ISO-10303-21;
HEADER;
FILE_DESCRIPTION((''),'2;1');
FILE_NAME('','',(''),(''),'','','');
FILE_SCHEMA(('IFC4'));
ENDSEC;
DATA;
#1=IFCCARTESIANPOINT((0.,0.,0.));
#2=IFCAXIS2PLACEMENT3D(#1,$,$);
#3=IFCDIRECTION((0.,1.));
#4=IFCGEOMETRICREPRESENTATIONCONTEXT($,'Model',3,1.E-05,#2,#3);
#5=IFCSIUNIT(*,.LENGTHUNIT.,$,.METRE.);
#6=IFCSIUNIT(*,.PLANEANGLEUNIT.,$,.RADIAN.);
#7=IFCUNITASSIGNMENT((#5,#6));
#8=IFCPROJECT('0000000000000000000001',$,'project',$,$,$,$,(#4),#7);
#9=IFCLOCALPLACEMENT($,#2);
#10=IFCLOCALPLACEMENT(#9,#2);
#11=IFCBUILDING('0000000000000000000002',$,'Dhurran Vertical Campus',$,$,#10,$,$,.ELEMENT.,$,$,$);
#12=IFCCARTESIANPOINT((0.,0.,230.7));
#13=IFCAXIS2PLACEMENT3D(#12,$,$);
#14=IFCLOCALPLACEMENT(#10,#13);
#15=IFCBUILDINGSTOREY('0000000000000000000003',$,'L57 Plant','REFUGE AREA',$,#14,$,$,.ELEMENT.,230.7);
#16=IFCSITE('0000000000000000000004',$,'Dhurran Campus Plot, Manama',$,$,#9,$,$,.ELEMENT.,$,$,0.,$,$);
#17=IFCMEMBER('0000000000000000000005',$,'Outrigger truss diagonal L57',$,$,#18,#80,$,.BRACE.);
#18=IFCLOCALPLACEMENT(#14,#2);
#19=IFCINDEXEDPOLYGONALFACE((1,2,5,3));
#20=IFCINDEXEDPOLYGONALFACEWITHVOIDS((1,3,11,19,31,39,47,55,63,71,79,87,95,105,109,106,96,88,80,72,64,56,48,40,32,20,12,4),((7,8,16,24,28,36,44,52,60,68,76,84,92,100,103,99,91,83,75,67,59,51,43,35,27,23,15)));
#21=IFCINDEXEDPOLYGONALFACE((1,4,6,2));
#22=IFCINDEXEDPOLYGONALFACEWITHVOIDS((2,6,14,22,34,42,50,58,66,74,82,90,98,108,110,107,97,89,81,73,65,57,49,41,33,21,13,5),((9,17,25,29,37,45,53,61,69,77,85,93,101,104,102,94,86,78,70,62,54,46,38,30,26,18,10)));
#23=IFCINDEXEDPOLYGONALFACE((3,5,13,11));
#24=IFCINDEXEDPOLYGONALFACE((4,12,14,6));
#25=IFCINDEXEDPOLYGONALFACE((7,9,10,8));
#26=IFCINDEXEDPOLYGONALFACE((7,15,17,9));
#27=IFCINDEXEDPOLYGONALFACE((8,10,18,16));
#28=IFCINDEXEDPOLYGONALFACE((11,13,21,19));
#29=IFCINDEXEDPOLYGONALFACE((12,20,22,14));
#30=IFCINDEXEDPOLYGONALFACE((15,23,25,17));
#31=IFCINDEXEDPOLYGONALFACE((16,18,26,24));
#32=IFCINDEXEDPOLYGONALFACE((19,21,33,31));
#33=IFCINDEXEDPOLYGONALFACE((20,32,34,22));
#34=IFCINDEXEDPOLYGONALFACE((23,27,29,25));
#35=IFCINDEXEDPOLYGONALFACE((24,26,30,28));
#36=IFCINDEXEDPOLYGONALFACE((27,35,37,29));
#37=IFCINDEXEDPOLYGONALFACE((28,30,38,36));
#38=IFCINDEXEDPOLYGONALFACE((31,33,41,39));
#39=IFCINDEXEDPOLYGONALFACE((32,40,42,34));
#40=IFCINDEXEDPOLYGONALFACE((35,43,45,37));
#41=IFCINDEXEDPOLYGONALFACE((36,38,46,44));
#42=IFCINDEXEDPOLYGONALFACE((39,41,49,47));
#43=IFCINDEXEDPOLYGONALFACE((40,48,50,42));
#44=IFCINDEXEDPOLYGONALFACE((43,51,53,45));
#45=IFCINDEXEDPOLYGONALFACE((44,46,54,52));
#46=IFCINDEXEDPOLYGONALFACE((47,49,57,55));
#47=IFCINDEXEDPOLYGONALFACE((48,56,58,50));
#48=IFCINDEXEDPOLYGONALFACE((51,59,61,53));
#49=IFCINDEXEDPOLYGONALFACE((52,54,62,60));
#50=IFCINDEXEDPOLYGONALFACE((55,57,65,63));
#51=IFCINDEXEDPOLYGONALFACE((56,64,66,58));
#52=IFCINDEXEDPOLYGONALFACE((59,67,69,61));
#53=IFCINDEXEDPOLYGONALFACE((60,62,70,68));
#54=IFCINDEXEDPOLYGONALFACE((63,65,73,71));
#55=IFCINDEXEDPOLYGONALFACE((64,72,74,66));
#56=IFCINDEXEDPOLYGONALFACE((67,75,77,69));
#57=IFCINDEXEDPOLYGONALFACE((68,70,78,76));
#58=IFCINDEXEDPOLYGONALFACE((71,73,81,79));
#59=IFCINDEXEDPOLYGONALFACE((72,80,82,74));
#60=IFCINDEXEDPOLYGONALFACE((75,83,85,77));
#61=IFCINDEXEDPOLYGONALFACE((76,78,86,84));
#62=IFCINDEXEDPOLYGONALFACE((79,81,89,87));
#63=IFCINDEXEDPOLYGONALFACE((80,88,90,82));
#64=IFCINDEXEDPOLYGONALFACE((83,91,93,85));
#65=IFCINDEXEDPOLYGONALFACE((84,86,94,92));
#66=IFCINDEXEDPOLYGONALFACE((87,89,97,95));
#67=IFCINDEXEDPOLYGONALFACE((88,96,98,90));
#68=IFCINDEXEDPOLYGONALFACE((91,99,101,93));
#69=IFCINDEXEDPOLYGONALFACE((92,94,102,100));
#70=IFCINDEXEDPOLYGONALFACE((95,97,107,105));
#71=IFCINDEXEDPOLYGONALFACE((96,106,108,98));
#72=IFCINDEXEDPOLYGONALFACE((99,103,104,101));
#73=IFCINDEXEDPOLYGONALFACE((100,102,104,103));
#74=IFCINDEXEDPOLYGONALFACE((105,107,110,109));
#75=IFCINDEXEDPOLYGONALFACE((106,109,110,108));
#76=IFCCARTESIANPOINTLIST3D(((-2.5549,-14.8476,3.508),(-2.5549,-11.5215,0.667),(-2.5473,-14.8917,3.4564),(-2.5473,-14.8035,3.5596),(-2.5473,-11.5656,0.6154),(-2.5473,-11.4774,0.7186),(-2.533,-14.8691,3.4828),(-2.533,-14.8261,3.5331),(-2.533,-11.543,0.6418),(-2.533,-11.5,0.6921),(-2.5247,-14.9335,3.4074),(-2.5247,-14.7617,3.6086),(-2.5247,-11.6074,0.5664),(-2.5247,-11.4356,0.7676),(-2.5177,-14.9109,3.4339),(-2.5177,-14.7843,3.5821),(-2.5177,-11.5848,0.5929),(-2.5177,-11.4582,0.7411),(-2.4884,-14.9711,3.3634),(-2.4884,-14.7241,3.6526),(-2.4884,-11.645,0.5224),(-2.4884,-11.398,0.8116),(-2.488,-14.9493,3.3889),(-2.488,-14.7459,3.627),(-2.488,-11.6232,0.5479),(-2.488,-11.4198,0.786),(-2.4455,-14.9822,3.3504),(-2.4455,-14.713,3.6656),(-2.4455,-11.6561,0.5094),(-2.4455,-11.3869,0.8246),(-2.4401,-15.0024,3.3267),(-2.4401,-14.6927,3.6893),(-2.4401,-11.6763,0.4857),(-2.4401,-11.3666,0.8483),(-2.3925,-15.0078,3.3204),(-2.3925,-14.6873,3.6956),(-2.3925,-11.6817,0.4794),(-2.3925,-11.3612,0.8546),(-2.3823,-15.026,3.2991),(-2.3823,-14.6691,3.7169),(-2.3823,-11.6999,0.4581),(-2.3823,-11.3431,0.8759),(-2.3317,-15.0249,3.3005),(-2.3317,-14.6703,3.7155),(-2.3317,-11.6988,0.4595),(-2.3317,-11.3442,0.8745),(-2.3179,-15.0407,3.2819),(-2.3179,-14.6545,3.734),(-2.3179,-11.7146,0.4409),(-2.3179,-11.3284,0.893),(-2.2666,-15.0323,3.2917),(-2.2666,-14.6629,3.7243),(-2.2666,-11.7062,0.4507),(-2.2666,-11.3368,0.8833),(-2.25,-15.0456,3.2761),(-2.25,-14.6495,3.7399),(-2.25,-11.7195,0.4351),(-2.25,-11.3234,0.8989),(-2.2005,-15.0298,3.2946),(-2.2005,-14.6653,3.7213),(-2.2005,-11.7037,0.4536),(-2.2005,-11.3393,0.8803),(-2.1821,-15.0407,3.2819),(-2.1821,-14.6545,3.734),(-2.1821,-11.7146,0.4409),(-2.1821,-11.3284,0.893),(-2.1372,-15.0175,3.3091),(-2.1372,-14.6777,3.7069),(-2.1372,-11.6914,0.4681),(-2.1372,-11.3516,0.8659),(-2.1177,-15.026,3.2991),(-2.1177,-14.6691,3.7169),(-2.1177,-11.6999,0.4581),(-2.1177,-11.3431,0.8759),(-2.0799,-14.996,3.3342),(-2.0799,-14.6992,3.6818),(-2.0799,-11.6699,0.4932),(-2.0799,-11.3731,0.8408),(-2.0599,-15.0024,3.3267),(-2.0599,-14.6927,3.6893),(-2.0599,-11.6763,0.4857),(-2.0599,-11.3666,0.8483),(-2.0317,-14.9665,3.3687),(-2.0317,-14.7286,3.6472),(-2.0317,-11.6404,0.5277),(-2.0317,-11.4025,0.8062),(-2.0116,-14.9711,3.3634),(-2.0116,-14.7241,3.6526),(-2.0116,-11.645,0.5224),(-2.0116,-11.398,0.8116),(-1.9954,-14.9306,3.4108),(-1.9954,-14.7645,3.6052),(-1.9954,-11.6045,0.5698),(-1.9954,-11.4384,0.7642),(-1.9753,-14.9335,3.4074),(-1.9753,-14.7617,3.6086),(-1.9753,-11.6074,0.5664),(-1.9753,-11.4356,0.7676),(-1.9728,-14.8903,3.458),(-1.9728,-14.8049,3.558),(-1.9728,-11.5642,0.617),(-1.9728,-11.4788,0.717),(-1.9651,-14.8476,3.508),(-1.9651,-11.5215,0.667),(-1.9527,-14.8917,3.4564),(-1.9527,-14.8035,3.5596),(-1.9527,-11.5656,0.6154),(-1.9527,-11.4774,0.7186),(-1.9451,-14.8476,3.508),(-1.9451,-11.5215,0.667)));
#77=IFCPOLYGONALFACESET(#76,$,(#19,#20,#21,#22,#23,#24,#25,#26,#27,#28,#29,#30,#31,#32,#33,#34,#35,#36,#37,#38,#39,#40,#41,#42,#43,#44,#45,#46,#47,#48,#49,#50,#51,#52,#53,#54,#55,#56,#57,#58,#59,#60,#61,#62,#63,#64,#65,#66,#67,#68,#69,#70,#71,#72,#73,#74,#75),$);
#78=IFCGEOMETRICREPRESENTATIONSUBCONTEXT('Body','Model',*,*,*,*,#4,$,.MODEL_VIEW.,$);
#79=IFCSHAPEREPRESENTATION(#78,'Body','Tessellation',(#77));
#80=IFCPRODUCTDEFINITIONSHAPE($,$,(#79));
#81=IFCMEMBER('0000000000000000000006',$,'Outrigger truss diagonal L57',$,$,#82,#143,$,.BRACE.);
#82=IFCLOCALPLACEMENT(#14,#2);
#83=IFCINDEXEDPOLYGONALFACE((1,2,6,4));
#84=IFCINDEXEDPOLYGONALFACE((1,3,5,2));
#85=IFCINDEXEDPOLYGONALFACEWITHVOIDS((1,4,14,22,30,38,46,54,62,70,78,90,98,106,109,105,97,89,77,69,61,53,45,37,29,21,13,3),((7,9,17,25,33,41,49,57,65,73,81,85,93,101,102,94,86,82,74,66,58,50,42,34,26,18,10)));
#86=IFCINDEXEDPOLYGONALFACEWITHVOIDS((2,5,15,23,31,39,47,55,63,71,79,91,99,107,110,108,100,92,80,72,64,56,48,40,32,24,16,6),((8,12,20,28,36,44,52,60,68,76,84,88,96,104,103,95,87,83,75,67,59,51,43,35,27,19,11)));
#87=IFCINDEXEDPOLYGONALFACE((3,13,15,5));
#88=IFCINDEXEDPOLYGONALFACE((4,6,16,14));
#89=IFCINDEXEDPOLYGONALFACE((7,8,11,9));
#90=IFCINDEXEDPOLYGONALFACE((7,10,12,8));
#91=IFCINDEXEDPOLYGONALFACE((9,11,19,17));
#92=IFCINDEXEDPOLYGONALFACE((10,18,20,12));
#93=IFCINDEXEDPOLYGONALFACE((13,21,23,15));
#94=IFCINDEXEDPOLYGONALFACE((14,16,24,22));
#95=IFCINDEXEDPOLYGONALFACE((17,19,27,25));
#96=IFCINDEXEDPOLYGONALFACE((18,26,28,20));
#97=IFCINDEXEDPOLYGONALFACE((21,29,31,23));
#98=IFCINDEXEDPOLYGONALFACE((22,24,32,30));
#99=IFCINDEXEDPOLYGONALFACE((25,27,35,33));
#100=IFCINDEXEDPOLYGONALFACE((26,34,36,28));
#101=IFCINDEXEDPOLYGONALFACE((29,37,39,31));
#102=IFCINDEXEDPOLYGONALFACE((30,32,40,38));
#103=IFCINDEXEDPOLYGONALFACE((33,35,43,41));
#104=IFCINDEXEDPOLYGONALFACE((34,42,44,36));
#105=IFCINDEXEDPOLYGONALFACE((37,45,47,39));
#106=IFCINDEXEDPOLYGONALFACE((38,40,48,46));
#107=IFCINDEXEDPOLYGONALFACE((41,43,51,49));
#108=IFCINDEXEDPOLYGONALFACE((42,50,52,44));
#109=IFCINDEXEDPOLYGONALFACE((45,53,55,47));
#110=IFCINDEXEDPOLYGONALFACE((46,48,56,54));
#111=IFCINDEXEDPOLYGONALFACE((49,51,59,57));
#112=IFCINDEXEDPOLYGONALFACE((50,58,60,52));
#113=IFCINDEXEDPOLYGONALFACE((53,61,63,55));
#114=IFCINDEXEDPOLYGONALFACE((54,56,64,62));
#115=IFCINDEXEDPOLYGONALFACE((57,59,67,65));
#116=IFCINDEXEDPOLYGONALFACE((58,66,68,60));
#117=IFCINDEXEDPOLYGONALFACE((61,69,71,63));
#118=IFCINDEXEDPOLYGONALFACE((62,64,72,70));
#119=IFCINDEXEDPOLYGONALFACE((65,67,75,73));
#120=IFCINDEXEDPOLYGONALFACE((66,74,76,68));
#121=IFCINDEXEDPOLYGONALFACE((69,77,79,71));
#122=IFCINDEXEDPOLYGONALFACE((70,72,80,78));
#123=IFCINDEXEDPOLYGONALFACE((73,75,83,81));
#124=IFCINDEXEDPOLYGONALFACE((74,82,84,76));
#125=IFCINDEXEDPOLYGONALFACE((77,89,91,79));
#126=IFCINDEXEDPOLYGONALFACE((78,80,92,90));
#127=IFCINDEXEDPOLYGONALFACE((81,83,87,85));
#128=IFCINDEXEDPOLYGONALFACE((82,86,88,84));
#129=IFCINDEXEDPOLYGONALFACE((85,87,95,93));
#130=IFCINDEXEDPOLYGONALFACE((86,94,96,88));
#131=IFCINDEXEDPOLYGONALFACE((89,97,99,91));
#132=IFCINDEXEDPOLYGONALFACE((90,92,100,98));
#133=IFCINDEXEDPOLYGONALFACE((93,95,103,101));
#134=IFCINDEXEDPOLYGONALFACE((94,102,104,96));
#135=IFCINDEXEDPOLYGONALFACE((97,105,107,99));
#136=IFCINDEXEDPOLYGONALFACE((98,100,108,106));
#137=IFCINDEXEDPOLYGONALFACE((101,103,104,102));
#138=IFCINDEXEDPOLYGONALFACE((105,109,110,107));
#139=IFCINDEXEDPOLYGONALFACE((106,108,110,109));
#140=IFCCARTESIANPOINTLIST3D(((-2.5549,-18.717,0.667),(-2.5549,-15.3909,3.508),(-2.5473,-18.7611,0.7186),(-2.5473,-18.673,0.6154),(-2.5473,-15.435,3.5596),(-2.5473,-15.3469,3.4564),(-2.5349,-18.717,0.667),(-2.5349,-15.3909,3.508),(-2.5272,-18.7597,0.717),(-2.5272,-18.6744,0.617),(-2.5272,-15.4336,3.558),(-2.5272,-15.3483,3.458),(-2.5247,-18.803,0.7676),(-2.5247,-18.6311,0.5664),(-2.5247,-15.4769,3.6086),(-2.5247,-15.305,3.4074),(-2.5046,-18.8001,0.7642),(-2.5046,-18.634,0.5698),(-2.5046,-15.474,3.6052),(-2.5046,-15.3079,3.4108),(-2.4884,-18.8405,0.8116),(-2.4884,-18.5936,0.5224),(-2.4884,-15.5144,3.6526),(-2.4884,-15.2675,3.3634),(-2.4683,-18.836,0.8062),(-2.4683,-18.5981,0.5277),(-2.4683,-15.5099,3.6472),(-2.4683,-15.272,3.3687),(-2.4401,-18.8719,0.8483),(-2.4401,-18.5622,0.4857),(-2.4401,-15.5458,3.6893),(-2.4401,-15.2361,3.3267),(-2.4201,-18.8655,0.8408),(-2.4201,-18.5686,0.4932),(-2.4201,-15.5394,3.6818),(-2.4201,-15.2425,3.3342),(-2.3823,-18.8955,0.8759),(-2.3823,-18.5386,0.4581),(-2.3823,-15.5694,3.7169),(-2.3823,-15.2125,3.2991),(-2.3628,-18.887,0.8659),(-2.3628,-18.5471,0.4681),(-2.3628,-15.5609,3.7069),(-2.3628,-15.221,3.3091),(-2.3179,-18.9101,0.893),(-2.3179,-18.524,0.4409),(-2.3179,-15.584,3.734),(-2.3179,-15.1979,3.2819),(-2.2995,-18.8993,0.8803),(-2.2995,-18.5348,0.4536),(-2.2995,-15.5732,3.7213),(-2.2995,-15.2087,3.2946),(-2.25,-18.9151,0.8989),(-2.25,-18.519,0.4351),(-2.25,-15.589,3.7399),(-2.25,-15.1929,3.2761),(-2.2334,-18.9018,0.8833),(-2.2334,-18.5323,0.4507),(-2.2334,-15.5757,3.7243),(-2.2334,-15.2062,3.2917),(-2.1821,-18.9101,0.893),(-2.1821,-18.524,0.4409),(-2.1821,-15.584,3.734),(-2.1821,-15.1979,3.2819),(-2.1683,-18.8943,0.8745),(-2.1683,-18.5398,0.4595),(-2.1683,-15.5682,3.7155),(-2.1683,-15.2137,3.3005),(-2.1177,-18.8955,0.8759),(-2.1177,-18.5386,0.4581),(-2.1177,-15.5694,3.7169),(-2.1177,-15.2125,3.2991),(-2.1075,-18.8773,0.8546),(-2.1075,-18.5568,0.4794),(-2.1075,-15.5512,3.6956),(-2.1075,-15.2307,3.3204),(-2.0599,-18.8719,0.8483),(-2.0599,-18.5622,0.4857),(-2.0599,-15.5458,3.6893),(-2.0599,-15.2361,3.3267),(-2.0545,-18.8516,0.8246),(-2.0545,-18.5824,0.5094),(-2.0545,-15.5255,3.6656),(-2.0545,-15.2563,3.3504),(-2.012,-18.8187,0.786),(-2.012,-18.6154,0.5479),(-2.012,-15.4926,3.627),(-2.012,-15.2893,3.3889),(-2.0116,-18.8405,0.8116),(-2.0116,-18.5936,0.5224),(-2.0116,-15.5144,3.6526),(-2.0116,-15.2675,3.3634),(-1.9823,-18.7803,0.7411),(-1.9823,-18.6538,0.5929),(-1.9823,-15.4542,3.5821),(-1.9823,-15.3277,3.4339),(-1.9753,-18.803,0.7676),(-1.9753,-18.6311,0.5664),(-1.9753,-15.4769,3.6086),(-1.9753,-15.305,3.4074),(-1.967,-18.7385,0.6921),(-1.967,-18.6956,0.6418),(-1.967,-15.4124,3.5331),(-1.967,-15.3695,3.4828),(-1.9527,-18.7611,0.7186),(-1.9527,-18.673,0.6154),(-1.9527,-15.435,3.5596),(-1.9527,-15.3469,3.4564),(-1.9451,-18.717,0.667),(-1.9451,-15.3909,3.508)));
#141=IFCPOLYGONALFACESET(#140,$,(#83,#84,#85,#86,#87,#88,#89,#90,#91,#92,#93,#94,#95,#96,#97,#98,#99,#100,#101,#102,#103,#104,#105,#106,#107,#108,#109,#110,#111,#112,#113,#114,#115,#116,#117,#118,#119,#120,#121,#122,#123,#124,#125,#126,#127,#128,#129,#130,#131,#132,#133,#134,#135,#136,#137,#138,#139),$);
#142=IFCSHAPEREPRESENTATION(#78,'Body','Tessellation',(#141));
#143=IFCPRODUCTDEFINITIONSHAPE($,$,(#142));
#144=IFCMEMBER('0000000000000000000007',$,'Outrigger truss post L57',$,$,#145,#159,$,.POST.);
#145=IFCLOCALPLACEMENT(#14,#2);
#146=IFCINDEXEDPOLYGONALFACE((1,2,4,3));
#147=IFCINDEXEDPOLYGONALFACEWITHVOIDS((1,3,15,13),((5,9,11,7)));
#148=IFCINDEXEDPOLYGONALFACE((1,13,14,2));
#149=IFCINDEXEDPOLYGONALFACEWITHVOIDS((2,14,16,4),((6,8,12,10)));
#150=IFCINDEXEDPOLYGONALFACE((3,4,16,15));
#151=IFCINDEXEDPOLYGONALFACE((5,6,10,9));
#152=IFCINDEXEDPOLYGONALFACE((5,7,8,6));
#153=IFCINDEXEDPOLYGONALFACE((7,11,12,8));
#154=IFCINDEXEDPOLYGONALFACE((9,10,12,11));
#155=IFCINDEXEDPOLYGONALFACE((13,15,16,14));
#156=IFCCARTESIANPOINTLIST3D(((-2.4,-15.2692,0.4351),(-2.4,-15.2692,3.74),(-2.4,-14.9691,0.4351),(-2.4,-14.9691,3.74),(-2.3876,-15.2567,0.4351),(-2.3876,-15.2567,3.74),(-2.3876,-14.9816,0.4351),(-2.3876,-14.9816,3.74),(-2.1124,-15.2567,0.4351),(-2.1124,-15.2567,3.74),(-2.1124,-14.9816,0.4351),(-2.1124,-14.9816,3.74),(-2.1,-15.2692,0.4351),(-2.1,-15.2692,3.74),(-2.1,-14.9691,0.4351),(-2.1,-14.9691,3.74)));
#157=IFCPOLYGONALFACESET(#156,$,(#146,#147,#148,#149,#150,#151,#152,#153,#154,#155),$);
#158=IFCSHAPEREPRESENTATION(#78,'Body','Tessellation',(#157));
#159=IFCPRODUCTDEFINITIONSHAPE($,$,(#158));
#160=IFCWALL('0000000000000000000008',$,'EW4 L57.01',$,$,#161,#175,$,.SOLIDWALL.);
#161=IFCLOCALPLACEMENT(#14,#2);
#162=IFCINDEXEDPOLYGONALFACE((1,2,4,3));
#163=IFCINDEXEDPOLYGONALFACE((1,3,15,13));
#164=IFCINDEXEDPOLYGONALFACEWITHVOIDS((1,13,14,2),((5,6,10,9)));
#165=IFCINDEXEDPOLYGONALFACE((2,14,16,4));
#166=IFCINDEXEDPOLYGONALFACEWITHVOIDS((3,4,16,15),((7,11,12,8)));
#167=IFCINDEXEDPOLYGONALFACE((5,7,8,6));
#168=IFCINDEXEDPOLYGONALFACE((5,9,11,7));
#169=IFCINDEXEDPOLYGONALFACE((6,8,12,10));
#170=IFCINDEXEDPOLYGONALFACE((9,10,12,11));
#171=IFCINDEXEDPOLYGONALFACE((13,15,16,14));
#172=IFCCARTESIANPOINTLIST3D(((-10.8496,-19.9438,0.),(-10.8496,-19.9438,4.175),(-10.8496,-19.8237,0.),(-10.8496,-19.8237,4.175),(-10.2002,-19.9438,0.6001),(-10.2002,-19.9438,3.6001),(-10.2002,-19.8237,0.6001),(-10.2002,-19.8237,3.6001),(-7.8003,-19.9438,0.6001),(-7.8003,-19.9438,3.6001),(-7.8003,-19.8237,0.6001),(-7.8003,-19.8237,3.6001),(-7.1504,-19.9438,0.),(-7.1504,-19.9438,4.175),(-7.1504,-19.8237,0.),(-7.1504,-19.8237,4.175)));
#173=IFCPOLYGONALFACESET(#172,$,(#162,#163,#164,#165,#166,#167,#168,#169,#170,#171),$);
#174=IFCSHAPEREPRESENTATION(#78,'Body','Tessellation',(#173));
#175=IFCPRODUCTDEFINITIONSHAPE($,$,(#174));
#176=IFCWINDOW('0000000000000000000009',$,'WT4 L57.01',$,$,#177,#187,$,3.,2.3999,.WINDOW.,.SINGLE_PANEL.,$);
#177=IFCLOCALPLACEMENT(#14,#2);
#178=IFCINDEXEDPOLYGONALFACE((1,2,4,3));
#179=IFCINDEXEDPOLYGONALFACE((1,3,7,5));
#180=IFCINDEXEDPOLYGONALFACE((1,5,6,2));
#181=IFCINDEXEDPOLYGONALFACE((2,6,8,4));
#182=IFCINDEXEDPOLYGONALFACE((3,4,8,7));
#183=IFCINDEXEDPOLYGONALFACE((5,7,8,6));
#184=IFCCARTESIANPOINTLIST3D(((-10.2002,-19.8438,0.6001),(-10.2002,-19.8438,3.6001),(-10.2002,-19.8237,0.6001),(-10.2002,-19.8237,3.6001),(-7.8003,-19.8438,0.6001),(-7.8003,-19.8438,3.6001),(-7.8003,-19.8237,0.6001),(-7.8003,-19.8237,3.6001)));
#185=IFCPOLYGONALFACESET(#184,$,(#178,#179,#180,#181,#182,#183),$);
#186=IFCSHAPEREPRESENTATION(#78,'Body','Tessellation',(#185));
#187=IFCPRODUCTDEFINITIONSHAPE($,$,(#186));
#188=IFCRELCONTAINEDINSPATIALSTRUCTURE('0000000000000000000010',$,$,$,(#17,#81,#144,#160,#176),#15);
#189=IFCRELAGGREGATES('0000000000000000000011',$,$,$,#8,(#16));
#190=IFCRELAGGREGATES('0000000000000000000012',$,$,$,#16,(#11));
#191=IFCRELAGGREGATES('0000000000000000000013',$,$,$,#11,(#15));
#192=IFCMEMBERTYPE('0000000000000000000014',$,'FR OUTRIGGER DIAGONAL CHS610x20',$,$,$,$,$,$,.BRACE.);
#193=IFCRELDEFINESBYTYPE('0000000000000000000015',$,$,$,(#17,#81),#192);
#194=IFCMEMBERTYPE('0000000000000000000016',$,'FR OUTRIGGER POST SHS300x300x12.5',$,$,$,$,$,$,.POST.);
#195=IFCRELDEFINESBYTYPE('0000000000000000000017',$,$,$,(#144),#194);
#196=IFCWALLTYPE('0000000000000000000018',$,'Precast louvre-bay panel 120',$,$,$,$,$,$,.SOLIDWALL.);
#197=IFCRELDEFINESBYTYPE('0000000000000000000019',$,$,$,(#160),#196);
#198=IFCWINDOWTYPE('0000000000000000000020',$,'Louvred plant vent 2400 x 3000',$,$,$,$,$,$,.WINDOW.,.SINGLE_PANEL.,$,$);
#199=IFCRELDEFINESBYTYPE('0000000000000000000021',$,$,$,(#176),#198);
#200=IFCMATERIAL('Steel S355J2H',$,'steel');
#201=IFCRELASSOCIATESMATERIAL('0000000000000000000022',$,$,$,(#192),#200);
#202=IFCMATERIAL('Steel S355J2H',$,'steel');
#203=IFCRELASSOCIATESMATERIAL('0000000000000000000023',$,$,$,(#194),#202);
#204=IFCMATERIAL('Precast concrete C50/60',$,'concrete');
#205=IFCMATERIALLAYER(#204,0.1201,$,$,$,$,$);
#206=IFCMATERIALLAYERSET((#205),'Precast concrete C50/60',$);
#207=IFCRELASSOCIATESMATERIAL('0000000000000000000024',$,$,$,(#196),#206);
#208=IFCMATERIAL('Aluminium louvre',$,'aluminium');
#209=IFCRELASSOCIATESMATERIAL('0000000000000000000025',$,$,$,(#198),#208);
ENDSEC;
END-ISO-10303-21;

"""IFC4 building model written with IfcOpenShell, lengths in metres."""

from ifc_helpers import new_model, si_unit, direction, frame, frame_2d, origin, origin_2d, place, context, subcontext, project, spatial, rectangle, hollow_rectangle, hollow_circle, extrude, material, layer, layer_set, material_profile, profile_set, type_object, element, fill, save


model = new_model("IFC4")

# Units and contexts
model_context = context("Model", 3, precision=1e-05, world=origin(), true_north=direction((0.0, 1.0)))
body_context = subcontext(model_context, "Body", "Model", "MODEL_VIEW")
ifc_project = project(units=[si_unit("LENGTHUNIT", "METRE"), si_unit("PLANEANGLEUNIT", "RADIAN")], contexts=[model_context])

# Site, building, storey
site_placement = place(None, origin())
site = spatial("IfcSite", under=ifc_project, at=site_placement, Name="Dhurran Campus Plot, Manama", CompositionType="ELEMENT", RefElevation=0.0)
building_placement = place(site_placement, origin())
building = spatial("IfcBuilding", under=site, at=building_placement, Name="Dhurran Vertical Campus", CompositionType="ELEMENT")
storey_placement = place(building_placement, frame((0.0, 0.0, 230.7)))
storey = spatial("IfcBuildingStorey", under=building, at=storey_placement, Name="L57 Plant", Description="REFUGE AREA", CompositionType="ELEMENT", Elevation=230.7)

# Members
ifc_material_1 = material(Name="Steel S355J2H", Category="steel")
ifc_material_profile_1 = material_profile(ifc_material_1, hollow_circle(Radius=0.3049, WallThickness=0.02, at=origin_2d()), Name="CHS610x20")
ifc_profile_set_1 = profile_set([ifc_material_profile_1], Name="Steel S355J2H")
member_type_1 = type_object("IfcMemberType", Name="FR OUTRIGGER DIAGONAL CHS610x20", PredefinedType="BRACE", material=ifc_profile_set_1)
for number, where, z_axis, x_axis, name in (
    (1, (-2.25, -11.5215, 0.667), (0.0, -0.760378, 0.64948), (1.0, 0.0, 0.0), "Outrigger truss diagonal L57"),
    (2, (-2.25, -18.717, 0.667), (0.0, 0.760378, 0.64948), (-1.0, 0.0, 0.0), "Outrigger truss diagonal L57"),
):
    element("IfcMember", number, at=place(storey_placement, frame(where, z_axis=z_axis, x_axis=x_axis)), inside=storey, type_object=member_type_1, Name=name, PredefinedType="BRACE", context=body_context, shape_type="SweptSolid", body=[
        extrude(hollow_circle(Radius=0.3049, WallThickness=0.02, at=origin_2d()), origin(), (0.0, 0.0, 1.0), 4.3743),
    ])
ifc_material_2 = material(Name="Steel S355J2H", Category="steel")
ifc_material_profile_2 = material_profile(ifc_material_2, hollow_rectangle(XDim=0.3, YDim=0.3, WallThickness=0.0125, at=origin_2d()), Name="SHS300x300x12.5")
ifc_profile_set_2 = profile_set([ifc_material_profile_2], Name="Steel S355J2H")
member_type_2 = type_object("IfcMemberType", Name="FR OUTRIGGER POST SHS300x300x12.5", PredefinedType="POST", material=ifc_profile_set_2)
member_placement = place(storey_placement, frame((-2.25, -15.1191, 0.4351), z_axis=(0.0, 0.0, 1.0), x_axis=(0.0, -1.0, 0.0)))
element("IfcMember", 3, at=member_placement, inside=storey, type_object=member_type_2, Name="Outrigger truss post L57", PredefinedType="POST", context=body_context, shape_type="SweptSolid", body=[
    extrude(hollow_rectangle(XDim=0.3, YDim=0.3, WallThickness=0.0125, at=origin_2d()), origin(), (0.0, 0.0, 1.0), 3.3049),
])

# Wall, opening, window
ifc_material_3 = material(Name="Precast concrete C50/60", Category="concrete")
ifc_layer_1 = layer(ifc_material_3, 0.1201)
ifc_layer_set_1 = layer_set([ifc_layer_1], Name="Precast concrete C50/60")
wall_type_1 = type_object("IfcWallType", Name="Precast louvre-bay panel 120", PredefinedType="SOLIDWALL", material=ifc_layer_set_1)
wall_1_placement = place(storey_placement, frame((-10.8496, -19.8838, 0.0), z_axis=(0.0, 0.0, 1.0), x_axis=(1.0, 0.0, 0.0)))
wall_1 = element("IfcWall", 4, at=wall_1_placement, inside=storey, type_object=wall_type_1, Name="EW4 L57.01", PredefinedType="SOLIDWALL", context=body_context, shape_type="SweptSolid", body=[
    extrude(rectangle(XDim=3.6992, YDim=0.1201, at=frame_2d((1.8496, 0.0))), origin(), (0.0, 0.0, 1.0), 4.175),
])
opening_1_placement = place(wall_1_placement, frame((0.6494, 0.0, 0.6001)))
opening_1 = element("IfcOpeningElement", 5, at=opening_1_placement, cuts=wall_1, PredefinedType="OPENING", context=body_context, shape_type="SweptSolid", body=[
    extrude(rectangle(XDim=2.3999, YDim=3.0, at=frame_2d((1.2, 1.5))), frame((0.0, 0.0701, 0.0), z_axis=(0.0, -1.0, 0.0), x_axis=(1.0, 0.0, 0.0)), (0.0, 0.0, 1.0), 0.1401),
])
ifc_material_4 = material(Name="Aluminium louvre", Category="aluminium")
window_type = type_object("IfcWindowType", Name="Louvred plant vent 2400 x 3000", PartitioningType="SINGLE_PANEL", PredefinedType="WINDOW", material=ifc_material_4)
window_1_placement = place(opening_1_placement, origin())
window_1 = element("IfcWindow", 6, at=window_1_placement, inside=storey, type_object=window_type, Name="WT4 L57.01", OverallHeight=3.0, OverallWidth=2.3999, PartitioningType="SINGLE_PANEL", PredefinedType="WINDOW", context=body_context, shape_type="SweptSolid", body=[
    extrude(rectangle(XDim=2.3999, YDim=3.0, at=frame_2d((1.2, 1.5))), frame((0.0, 0.0601, 0.0), z_axis=(0.0, -1.0, 0.0), x_axis=(1.0, 0.0, 0.0)), (0.0, 0.0, 1.0), 0.02),
])
fill(opening_1, window_1)

save(model, "model.ifc")
